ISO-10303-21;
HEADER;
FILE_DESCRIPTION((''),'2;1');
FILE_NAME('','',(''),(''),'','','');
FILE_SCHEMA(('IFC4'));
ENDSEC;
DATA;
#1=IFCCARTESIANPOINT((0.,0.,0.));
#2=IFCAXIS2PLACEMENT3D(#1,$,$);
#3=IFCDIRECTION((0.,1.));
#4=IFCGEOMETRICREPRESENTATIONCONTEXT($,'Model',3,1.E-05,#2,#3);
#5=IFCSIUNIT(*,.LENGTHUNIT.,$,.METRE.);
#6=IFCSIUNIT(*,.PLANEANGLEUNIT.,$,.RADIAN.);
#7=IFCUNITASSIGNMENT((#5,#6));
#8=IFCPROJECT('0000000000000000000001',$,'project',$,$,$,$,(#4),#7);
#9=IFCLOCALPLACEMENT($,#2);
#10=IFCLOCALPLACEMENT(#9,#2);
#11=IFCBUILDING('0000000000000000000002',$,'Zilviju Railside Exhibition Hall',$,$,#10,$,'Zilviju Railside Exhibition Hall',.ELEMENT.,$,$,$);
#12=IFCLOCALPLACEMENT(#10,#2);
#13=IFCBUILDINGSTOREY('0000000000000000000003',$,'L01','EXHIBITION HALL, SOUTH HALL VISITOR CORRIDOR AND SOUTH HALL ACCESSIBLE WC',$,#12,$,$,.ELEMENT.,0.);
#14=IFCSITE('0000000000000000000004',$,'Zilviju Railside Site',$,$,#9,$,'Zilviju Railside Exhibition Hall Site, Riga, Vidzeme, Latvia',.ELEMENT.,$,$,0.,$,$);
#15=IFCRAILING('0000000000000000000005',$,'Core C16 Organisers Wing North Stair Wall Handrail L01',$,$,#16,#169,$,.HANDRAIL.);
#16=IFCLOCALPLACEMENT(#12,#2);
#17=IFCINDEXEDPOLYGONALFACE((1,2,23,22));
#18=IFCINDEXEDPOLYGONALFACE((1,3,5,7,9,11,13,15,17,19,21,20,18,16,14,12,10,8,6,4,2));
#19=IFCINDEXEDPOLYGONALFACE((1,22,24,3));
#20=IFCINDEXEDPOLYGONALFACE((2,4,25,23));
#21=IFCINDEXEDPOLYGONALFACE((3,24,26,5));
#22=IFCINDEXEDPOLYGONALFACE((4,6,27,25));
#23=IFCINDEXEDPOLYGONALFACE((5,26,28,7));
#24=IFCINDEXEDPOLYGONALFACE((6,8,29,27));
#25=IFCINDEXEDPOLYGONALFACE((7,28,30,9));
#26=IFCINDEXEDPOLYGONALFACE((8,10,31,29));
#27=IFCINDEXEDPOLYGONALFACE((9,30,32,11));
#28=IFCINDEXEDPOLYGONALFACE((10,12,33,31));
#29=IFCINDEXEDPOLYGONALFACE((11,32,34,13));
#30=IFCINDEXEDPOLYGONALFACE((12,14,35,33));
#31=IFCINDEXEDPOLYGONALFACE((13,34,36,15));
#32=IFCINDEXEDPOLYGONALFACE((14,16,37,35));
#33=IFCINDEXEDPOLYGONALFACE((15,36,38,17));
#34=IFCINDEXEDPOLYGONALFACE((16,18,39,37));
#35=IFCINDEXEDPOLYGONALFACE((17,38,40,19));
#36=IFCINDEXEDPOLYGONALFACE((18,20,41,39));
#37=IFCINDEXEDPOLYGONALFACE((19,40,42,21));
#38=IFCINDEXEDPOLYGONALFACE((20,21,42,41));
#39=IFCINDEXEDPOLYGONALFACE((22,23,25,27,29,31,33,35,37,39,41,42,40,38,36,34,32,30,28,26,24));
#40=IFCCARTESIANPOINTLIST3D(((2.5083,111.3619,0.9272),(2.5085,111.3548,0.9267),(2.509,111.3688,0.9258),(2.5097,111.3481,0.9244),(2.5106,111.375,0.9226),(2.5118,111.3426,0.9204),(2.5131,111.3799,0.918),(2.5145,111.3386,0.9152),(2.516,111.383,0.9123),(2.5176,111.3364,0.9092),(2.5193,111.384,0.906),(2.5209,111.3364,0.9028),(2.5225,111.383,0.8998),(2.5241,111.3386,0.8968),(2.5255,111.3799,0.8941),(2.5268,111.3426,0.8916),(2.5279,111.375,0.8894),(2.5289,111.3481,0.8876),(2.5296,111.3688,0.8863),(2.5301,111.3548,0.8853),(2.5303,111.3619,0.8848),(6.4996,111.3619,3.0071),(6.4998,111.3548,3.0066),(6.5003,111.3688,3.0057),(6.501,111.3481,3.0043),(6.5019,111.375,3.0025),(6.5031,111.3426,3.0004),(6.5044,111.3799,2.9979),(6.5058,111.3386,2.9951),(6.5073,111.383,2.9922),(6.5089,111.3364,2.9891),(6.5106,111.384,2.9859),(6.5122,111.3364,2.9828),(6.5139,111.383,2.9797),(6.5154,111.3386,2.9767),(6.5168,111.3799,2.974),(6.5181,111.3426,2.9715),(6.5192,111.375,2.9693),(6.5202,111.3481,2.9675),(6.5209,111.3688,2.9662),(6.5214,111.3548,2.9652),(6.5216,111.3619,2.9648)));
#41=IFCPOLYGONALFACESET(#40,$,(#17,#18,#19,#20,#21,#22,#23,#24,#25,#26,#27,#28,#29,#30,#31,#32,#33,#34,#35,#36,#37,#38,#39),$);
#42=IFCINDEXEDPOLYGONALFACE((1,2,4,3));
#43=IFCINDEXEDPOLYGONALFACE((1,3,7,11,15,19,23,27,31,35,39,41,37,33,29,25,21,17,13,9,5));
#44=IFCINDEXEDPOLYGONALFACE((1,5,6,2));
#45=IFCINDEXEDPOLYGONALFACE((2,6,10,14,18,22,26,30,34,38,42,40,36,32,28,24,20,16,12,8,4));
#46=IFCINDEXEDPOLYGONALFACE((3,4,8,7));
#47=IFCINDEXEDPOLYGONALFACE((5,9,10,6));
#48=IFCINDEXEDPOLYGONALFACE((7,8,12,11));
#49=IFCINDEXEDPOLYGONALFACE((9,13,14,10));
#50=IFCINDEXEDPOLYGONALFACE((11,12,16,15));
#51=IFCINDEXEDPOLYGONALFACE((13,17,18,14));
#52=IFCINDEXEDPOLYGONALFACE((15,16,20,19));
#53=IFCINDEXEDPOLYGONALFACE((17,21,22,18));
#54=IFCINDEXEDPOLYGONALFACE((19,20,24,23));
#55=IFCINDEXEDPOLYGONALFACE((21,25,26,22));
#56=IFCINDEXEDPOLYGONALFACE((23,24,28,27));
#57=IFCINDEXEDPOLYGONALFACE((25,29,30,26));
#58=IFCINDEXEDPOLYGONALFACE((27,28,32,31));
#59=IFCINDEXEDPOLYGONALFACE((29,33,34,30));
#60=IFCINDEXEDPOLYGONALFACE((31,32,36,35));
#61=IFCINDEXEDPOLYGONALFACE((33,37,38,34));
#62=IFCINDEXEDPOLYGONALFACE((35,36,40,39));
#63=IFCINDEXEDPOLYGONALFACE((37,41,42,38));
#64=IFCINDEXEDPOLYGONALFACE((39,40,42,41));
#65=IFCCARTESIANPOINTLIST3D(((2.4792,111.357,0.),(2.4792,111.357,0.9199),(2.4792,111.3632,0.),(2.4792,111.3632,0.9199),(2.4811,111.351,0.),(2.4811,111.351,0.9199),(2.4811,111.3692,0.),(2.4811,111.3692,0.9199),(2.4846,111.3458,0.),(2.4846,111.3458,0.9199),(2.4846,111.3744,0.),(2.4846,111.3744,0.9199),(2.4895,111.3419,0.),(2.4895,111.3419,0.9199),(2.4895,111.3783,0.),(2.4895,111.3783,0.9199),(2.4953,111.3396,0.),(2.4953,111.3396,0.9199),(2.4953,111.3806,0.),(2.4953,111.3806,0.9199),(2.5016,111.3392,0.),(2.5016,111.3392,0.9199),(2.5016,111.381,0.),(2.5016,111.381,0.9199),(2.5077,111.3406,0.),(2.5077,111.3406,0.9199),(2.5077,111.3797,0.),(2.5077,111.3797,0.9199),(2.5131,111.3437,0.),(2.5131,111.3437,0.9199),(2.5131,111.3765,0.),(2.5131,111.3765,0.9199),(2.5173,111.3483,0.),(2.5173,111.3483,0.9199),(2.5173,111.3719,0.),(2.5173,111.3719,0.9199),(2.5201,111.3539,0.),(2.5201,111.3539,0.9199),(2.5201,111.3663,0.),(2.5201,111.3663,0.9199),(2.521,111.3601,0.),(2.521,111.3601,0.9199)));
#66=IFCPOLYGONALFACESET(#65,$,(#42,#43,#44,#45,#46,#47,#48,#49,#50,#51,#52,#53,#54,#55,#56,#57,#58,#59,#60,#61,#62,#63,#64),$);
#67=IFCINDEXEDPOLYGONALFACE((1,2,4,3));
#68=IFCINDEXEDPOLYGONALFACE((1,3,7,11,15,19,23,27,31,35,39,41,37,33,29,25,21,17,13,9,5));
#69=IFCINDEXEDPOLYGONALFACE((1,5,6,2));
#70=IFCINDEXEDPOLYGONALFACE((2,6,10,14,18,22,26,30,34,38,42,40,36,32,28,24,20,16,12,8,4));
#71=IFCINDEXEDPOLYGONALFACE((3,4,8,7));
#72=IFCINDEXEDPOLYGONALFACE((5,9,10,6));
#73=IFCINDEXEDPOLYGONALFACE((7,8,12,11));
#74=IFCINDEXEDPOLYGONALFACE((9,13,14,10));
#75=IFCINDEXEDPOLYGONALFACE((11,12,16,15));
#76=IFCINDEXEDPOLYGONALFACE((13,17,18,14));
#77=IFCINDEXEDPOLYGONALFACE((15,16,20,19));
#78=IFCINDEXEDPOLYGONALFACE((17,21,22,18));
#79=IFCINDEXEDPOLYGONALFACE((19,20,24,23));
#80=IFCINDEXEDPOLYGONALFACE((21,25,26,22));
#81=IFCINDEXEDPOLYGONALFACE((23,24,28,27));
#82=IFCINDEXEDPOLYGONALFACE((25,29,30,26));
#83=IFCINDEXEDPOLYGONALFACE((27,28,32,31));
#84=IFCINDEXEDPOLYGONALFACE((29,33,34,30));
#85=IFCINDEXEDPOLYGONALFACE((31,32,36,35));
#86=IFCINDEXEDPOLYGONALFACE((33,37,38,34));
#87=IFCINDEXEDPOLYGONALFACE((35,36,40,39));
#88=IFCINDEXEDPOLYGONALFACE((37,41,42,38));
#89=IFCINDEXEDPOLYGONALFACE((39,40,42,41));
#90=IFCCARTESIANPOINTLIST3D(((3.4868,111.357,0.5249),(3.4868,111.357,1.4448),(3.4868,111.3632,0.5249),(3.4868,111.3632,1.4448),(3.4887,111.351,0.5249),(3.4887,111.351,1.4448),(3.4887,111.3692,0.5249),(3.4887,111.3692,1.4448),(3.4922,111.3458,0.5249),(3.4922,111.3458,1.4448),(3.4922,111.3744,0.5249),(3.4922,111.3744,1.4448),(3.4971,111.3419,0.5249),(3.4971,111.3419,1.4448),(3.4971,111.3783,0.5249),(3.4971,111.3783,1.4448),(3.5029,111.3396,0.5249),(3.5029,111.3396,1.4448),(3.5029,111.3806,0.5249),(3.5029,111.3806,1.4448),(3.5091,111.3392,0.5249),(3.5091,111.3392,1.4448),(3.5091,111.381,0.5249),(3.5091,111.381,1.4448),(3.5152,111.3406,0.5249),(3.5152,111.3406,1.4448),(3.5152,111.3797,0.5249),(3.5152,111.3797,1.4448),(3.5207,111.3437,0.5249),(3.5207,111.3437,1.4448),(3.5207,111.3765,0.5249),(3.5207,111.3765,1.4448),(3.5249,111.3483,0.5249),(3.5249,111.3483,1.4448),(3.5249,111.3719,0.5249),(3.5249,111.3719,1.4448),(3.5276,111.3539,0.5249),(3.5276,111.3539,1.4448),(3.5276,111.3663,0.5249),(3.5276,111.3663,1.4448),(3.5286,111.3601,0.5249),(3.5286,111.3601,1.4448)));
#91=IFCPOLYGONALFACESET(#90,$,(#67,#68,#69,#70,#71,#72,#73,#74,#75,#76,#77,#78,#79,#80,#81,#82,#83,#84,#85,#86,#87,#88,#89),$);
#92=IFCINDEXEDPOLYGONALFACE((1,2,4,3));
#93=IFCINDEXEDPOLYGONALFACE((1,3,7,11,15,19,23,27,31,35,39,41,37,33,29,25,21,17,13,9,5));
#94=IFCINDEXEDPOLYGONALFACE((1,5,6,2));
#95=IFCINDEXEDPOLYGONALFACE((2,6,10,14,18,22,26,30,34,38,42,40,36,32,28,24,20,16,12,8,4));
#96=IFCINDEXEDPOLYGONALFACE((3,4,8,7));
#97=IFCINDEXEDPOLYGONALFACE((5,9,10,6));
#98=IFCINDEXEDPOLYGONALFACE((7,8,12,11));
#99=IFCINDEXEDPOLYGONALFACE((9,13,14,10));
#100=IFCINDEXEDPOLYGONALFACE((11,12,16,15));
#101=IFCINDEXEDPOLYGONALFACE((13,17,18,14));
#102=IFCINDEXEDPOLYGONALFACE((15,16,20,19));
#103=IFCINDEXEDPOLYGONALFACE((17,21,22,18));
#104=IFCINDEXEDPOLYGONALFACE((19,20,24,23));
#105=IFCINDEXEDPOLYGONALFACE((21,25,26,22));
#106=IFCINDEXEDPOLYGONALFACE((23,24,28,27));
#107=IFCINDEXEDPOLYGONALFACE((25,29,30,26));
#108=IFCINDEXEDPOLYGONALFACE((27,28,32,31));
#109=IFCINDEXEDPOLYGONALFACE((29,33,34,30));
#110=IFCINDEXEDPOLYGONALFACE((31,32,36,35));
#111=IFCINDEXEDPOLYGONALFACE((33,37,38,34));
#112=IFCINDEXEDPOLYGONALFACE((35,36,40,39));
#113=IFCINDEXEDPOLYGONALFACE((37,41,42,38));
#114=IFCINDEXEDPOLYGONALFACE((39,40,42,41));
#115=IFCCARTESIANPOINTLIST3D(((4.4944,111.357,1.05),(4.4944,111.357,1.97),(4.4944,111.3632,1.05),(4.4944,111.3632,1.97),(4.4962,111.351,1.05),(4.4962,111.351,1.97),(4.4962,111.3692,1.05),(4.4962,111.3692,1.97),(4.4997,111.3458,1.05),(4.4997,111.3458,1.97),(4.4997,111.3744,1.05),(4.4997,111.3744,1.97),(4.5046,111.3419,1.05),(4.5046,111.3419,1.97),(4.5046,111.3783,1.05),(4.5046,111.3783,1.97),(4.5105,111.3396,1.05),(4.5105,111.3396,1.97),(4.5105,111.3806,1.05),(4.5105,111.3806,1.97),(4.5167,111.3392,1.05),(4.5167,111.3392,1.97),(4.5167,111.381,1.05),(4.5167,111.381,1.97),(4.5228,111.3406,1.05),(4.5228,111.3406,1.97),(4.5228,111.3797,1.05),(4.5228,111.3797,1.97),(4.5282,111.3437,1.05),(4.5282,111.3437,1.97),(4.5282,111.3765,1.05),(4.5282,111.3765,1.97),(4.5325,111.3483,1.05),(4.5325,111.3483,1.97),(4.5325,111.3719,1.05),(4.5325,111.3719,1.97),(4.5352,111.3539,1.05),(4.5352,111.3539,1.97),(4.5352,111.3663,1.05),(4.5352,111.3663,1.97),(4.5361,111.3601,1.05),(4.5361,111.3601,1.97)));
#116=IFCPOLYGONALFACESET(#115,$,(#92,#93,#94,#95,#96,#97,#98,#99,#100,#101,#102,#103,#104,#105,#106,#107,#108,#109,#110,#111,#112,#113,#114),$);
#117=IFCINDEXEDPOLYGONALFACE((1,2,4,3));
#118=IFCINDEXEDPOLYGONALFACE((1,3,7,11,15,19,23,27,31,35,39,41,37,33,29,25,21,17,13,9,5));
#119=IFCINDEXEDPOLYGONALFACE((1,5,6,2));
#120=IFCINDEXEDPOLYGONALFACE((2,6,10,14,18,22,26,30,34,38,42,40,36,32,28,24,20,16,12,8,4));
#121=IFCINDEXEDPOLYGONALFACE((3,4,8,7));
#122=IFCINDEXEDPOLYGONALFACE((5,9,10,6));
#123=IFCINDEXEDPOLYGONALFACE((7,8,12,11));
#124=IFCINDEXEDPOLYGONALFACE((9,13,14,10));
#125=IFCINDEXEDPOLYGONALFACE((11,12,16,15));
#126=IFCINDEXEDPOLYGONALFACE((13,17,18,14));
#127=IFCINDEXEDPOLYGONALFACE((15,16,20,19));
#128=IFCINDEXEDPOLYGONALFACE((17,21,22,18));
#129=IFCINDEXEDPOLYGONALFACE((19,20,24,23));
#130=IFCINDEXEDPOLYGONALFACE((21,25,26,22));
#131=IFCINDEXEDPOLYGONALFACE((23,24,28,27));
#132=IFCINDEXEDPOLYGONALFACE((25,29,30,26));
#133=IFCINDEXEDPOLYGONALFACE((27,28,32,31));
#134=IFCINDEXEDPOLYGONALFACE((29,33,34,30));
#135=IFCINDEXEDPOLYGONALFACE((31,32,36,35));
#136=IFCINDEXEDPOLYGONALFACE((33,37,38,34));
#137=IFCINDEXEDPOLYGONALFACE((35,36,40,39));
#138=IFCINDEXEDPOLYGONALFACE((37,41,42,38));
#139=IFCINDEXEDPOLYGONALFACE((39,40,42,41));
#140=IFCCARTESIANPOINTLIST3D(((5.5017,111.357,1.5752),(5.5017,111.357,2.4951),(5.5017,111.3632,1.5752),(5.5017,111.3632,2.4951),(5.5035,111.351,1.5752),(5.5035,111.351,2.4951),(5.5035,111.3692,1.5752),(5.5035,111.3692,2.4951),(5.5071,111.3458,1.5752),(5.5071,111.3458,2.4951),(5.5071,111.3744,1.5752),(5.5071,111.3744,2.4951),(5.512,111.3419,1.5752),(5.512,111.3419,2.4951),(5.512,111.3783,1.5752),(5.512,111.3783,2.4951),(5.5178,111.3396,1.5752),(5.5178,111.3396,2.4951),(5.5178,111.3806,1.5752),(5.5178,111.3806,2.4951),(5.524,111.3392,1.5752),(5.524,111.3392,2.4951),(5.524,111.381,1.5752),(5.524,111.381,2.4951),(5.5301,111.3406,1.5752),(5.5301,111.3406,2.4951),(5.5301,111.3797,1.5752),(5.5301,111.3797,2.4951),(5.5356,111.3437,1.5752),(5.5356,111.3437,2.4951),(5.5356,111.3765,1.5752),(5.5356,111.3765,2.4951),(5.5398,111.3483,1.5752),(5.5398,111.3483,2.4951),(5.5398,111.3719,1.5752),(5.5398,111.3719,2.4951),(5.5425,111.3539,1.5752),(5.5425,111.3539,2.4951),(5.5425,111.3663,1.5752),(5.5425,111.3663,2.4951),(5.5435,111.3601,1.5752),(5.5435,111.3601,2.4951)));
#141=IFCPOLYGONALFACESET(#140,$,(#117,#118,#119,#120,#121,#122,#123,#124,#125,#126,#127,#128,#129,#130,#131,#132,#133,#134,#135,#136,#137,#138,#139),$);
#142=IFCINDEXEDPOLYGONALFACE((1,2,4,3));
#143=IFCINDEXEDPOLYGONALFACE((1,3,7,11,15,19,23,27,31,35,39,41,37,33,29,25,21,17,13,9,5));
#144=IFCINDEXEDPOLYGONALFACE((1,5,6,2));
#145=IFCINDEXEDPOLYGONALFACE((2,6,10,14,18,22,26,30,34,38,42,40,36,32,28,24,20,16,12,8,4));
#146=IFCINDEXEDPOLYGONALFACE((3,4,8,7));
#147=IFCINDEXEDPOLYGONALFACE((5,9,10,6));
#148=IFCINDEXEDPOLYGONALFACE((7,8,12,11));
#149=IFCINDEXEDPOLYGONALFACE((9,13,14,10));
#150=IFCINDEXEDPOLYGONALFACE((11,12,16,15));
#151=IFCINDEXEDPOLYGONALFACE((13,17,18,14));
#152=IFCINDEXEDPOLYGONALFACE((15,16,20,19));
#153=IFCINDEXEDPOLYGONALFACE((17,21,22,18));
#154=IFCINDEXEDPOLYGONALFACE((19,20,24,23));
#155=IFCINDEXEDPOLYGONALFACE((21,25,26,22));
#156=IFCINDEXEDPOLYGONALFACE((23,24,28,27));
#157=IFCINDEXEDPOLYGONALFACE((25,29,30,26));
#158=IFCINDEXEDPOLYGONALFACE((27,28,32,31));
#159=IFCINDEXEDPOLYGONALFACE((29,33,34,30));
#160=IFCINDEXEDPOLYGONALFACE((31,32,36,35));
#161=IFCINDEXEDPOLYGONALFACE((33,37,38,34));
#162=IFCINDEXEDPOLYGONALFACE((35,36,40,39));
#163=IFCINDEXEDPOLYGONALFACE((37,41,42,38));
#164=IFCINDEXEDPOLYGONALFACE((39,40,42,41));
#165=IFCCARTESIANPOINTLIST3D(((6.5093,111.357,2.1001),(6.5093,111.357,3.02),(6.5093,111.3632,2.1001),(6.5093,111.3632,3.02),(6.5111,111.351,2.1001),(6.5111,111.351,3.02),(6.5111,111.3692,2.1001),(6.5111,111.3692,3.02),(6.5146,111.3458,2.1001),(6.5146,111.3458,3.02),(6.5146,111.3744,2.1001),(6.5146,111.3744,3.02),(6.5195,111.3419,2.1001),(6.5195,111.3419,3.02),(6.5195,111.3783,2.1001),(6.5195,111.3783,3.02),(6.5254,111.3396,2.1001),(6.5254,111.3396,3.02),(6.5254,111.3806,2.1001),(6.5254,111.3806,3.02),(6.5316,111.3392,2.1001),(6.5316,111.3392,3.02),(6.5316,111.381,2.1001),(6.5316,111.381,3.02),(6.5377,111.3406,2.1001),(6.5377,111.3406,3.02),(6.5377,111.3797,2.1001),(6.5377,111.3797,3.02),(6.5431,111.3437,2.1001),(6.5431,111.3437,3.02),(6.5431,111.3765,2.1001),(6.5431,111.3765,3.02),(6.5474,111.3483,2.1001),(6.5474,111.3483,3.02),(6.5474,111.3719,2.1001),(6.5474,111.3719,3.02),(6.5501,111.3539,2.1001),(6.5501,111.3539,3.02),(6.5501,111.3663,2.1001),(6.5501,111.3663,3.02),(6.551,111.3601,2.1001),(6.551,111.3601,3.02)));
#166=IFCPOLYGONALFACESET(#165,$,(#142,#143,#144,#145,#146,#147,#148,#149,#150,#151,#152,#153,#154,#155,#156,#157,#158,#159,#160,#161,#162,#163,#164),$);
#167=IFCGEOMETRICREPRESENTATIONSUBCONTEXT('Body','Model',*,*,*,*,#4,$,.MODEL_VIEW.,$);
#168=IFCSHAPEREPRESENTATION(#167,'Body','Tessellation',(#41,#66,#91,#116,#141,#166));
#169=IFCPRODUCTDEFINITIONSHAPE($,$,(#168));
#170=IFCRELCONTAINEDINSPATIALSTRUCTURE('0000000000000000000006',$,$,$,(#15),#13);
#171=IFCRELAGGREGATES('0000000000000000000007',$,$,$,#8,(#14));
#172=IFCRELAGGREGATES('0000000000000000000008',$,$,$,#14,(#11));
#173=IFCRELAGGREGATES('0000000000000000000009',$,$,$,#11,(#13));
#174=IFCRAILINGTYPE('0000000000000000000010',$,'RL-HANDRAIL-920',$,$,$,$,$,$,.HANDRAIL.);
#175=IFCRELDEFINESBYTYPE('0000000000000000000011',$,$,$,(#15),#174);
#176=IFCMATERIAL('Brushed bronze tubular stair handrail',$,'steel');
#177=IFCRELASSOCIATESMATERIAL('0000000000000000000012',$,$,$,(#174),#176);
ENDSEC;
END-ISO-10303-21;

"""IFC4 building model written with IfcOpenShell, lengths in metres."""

from ifc_helpers import new_model, si_unit, direction, frame, origin, origin_2d, place, context, subcontext, project, spatial, circle, extrude, material, type_object, element, save


model = new_model("IFC4")

# Units and contexts
model_context = context("Model", 3, precision=1e-05, world=origin(), true_north=direction((0.0, 1.0)))
body_context = subcontext(model_context, "Body", "Model", "MODEL_VIEW")
ifc_project = project(units=[si_unit("LENGTHUNIT", "METRE"), si_unit("PLANEANGLEUNIT", "RADIAN")], contexts=[model_context])

# Site, building, storey
site_placement = place(None, origin())
site = spatial("IfcSite", under=ifc_project, at=site_placement, Name="Zilviju Railside Site", LongName="Zilviju Railside Exhibition Hall Site, Riga, Vidzeme, Latvia", CompositionType="ELEMENT", RefElevation=0.0)
building_placement = place(site_placement, origin())
building = spatial("IfcBuilding", under=site, at=building_placement, Name="Zilviju Railside Exhibition Hall", LongName="Zilviju Railside Exhibition Hall", CompositionType="ELEMENT")
storey_placement = place(building_placement, origin())
storey = spatial("IfcBuildingStorey", under=building, at=storey_placement, Name="L01", Description="EXHIBITION HALL, SOUTH HALL VISITOR CORRIDOR AND SOUTH HALL ACCESSIBLE WC", CompositionType="ELEMENT", Elevation=0.0)

# Railing
ifc_material_1 = material(Name="Brushed bronze tubular stair handrail", Category="steel")
railing_type_1 = type_object("IfcRailingType", Name="RL-HANDRAIL-920", PredefinedType="HANDRAIL", material=ifc_material_1)
railing_1_placement = place(storey_placement, frame((2.5, 111.3601, 0.0)))
element("IfcRailing", 1, at=railing_1_placement, inside=storey, type_object=railing_type_1, Name="Core C16 Organisers Wing North Stair Wall Handrail L01", PredefinedType="HANDRAIL", context=body_context, shape_type="SweptSolid", body=[
    extrude(circle(Radius=0.0239, at=origin_2d()), frame((0.0193, 0.0, 0.906), z_axis=(0.886813, 0.0, 0.462129), x_axis=(0.0, 1.0, 0.0)), (0.0, 0.0, 1.0), 4.5007),
    extrude(circle(Radius=0.021, at=origin_2d()), origin(), (0.0, 0.0, 1.0), 0.9199),
    extrude(circle(Radius=0.021, at=origin_2d()), frame((1.0076, 0.0, 0.5249)), (0.0, 0.0, 1.0), 0.9199),
    extrude(circle(Radius=0.021, at=origin_2d()), frame((2.0151, 0.0, 1.05)), (0.0, 0.0, 1.0), 0.9199),
    extrude(circle(Radius=0.021, at=origin_2d()), frame((3.0225, 0.0, 1.5752)), (0.0, 0.0, 1.0), 0.9199),
    extrude(circle(Radius=0.021, at=origin_2d()), frame((4.03, 0.0, 2.1001)), (0.0, 0.0, 1.0), 0.9199),
])

save(model, "model.ifc")
